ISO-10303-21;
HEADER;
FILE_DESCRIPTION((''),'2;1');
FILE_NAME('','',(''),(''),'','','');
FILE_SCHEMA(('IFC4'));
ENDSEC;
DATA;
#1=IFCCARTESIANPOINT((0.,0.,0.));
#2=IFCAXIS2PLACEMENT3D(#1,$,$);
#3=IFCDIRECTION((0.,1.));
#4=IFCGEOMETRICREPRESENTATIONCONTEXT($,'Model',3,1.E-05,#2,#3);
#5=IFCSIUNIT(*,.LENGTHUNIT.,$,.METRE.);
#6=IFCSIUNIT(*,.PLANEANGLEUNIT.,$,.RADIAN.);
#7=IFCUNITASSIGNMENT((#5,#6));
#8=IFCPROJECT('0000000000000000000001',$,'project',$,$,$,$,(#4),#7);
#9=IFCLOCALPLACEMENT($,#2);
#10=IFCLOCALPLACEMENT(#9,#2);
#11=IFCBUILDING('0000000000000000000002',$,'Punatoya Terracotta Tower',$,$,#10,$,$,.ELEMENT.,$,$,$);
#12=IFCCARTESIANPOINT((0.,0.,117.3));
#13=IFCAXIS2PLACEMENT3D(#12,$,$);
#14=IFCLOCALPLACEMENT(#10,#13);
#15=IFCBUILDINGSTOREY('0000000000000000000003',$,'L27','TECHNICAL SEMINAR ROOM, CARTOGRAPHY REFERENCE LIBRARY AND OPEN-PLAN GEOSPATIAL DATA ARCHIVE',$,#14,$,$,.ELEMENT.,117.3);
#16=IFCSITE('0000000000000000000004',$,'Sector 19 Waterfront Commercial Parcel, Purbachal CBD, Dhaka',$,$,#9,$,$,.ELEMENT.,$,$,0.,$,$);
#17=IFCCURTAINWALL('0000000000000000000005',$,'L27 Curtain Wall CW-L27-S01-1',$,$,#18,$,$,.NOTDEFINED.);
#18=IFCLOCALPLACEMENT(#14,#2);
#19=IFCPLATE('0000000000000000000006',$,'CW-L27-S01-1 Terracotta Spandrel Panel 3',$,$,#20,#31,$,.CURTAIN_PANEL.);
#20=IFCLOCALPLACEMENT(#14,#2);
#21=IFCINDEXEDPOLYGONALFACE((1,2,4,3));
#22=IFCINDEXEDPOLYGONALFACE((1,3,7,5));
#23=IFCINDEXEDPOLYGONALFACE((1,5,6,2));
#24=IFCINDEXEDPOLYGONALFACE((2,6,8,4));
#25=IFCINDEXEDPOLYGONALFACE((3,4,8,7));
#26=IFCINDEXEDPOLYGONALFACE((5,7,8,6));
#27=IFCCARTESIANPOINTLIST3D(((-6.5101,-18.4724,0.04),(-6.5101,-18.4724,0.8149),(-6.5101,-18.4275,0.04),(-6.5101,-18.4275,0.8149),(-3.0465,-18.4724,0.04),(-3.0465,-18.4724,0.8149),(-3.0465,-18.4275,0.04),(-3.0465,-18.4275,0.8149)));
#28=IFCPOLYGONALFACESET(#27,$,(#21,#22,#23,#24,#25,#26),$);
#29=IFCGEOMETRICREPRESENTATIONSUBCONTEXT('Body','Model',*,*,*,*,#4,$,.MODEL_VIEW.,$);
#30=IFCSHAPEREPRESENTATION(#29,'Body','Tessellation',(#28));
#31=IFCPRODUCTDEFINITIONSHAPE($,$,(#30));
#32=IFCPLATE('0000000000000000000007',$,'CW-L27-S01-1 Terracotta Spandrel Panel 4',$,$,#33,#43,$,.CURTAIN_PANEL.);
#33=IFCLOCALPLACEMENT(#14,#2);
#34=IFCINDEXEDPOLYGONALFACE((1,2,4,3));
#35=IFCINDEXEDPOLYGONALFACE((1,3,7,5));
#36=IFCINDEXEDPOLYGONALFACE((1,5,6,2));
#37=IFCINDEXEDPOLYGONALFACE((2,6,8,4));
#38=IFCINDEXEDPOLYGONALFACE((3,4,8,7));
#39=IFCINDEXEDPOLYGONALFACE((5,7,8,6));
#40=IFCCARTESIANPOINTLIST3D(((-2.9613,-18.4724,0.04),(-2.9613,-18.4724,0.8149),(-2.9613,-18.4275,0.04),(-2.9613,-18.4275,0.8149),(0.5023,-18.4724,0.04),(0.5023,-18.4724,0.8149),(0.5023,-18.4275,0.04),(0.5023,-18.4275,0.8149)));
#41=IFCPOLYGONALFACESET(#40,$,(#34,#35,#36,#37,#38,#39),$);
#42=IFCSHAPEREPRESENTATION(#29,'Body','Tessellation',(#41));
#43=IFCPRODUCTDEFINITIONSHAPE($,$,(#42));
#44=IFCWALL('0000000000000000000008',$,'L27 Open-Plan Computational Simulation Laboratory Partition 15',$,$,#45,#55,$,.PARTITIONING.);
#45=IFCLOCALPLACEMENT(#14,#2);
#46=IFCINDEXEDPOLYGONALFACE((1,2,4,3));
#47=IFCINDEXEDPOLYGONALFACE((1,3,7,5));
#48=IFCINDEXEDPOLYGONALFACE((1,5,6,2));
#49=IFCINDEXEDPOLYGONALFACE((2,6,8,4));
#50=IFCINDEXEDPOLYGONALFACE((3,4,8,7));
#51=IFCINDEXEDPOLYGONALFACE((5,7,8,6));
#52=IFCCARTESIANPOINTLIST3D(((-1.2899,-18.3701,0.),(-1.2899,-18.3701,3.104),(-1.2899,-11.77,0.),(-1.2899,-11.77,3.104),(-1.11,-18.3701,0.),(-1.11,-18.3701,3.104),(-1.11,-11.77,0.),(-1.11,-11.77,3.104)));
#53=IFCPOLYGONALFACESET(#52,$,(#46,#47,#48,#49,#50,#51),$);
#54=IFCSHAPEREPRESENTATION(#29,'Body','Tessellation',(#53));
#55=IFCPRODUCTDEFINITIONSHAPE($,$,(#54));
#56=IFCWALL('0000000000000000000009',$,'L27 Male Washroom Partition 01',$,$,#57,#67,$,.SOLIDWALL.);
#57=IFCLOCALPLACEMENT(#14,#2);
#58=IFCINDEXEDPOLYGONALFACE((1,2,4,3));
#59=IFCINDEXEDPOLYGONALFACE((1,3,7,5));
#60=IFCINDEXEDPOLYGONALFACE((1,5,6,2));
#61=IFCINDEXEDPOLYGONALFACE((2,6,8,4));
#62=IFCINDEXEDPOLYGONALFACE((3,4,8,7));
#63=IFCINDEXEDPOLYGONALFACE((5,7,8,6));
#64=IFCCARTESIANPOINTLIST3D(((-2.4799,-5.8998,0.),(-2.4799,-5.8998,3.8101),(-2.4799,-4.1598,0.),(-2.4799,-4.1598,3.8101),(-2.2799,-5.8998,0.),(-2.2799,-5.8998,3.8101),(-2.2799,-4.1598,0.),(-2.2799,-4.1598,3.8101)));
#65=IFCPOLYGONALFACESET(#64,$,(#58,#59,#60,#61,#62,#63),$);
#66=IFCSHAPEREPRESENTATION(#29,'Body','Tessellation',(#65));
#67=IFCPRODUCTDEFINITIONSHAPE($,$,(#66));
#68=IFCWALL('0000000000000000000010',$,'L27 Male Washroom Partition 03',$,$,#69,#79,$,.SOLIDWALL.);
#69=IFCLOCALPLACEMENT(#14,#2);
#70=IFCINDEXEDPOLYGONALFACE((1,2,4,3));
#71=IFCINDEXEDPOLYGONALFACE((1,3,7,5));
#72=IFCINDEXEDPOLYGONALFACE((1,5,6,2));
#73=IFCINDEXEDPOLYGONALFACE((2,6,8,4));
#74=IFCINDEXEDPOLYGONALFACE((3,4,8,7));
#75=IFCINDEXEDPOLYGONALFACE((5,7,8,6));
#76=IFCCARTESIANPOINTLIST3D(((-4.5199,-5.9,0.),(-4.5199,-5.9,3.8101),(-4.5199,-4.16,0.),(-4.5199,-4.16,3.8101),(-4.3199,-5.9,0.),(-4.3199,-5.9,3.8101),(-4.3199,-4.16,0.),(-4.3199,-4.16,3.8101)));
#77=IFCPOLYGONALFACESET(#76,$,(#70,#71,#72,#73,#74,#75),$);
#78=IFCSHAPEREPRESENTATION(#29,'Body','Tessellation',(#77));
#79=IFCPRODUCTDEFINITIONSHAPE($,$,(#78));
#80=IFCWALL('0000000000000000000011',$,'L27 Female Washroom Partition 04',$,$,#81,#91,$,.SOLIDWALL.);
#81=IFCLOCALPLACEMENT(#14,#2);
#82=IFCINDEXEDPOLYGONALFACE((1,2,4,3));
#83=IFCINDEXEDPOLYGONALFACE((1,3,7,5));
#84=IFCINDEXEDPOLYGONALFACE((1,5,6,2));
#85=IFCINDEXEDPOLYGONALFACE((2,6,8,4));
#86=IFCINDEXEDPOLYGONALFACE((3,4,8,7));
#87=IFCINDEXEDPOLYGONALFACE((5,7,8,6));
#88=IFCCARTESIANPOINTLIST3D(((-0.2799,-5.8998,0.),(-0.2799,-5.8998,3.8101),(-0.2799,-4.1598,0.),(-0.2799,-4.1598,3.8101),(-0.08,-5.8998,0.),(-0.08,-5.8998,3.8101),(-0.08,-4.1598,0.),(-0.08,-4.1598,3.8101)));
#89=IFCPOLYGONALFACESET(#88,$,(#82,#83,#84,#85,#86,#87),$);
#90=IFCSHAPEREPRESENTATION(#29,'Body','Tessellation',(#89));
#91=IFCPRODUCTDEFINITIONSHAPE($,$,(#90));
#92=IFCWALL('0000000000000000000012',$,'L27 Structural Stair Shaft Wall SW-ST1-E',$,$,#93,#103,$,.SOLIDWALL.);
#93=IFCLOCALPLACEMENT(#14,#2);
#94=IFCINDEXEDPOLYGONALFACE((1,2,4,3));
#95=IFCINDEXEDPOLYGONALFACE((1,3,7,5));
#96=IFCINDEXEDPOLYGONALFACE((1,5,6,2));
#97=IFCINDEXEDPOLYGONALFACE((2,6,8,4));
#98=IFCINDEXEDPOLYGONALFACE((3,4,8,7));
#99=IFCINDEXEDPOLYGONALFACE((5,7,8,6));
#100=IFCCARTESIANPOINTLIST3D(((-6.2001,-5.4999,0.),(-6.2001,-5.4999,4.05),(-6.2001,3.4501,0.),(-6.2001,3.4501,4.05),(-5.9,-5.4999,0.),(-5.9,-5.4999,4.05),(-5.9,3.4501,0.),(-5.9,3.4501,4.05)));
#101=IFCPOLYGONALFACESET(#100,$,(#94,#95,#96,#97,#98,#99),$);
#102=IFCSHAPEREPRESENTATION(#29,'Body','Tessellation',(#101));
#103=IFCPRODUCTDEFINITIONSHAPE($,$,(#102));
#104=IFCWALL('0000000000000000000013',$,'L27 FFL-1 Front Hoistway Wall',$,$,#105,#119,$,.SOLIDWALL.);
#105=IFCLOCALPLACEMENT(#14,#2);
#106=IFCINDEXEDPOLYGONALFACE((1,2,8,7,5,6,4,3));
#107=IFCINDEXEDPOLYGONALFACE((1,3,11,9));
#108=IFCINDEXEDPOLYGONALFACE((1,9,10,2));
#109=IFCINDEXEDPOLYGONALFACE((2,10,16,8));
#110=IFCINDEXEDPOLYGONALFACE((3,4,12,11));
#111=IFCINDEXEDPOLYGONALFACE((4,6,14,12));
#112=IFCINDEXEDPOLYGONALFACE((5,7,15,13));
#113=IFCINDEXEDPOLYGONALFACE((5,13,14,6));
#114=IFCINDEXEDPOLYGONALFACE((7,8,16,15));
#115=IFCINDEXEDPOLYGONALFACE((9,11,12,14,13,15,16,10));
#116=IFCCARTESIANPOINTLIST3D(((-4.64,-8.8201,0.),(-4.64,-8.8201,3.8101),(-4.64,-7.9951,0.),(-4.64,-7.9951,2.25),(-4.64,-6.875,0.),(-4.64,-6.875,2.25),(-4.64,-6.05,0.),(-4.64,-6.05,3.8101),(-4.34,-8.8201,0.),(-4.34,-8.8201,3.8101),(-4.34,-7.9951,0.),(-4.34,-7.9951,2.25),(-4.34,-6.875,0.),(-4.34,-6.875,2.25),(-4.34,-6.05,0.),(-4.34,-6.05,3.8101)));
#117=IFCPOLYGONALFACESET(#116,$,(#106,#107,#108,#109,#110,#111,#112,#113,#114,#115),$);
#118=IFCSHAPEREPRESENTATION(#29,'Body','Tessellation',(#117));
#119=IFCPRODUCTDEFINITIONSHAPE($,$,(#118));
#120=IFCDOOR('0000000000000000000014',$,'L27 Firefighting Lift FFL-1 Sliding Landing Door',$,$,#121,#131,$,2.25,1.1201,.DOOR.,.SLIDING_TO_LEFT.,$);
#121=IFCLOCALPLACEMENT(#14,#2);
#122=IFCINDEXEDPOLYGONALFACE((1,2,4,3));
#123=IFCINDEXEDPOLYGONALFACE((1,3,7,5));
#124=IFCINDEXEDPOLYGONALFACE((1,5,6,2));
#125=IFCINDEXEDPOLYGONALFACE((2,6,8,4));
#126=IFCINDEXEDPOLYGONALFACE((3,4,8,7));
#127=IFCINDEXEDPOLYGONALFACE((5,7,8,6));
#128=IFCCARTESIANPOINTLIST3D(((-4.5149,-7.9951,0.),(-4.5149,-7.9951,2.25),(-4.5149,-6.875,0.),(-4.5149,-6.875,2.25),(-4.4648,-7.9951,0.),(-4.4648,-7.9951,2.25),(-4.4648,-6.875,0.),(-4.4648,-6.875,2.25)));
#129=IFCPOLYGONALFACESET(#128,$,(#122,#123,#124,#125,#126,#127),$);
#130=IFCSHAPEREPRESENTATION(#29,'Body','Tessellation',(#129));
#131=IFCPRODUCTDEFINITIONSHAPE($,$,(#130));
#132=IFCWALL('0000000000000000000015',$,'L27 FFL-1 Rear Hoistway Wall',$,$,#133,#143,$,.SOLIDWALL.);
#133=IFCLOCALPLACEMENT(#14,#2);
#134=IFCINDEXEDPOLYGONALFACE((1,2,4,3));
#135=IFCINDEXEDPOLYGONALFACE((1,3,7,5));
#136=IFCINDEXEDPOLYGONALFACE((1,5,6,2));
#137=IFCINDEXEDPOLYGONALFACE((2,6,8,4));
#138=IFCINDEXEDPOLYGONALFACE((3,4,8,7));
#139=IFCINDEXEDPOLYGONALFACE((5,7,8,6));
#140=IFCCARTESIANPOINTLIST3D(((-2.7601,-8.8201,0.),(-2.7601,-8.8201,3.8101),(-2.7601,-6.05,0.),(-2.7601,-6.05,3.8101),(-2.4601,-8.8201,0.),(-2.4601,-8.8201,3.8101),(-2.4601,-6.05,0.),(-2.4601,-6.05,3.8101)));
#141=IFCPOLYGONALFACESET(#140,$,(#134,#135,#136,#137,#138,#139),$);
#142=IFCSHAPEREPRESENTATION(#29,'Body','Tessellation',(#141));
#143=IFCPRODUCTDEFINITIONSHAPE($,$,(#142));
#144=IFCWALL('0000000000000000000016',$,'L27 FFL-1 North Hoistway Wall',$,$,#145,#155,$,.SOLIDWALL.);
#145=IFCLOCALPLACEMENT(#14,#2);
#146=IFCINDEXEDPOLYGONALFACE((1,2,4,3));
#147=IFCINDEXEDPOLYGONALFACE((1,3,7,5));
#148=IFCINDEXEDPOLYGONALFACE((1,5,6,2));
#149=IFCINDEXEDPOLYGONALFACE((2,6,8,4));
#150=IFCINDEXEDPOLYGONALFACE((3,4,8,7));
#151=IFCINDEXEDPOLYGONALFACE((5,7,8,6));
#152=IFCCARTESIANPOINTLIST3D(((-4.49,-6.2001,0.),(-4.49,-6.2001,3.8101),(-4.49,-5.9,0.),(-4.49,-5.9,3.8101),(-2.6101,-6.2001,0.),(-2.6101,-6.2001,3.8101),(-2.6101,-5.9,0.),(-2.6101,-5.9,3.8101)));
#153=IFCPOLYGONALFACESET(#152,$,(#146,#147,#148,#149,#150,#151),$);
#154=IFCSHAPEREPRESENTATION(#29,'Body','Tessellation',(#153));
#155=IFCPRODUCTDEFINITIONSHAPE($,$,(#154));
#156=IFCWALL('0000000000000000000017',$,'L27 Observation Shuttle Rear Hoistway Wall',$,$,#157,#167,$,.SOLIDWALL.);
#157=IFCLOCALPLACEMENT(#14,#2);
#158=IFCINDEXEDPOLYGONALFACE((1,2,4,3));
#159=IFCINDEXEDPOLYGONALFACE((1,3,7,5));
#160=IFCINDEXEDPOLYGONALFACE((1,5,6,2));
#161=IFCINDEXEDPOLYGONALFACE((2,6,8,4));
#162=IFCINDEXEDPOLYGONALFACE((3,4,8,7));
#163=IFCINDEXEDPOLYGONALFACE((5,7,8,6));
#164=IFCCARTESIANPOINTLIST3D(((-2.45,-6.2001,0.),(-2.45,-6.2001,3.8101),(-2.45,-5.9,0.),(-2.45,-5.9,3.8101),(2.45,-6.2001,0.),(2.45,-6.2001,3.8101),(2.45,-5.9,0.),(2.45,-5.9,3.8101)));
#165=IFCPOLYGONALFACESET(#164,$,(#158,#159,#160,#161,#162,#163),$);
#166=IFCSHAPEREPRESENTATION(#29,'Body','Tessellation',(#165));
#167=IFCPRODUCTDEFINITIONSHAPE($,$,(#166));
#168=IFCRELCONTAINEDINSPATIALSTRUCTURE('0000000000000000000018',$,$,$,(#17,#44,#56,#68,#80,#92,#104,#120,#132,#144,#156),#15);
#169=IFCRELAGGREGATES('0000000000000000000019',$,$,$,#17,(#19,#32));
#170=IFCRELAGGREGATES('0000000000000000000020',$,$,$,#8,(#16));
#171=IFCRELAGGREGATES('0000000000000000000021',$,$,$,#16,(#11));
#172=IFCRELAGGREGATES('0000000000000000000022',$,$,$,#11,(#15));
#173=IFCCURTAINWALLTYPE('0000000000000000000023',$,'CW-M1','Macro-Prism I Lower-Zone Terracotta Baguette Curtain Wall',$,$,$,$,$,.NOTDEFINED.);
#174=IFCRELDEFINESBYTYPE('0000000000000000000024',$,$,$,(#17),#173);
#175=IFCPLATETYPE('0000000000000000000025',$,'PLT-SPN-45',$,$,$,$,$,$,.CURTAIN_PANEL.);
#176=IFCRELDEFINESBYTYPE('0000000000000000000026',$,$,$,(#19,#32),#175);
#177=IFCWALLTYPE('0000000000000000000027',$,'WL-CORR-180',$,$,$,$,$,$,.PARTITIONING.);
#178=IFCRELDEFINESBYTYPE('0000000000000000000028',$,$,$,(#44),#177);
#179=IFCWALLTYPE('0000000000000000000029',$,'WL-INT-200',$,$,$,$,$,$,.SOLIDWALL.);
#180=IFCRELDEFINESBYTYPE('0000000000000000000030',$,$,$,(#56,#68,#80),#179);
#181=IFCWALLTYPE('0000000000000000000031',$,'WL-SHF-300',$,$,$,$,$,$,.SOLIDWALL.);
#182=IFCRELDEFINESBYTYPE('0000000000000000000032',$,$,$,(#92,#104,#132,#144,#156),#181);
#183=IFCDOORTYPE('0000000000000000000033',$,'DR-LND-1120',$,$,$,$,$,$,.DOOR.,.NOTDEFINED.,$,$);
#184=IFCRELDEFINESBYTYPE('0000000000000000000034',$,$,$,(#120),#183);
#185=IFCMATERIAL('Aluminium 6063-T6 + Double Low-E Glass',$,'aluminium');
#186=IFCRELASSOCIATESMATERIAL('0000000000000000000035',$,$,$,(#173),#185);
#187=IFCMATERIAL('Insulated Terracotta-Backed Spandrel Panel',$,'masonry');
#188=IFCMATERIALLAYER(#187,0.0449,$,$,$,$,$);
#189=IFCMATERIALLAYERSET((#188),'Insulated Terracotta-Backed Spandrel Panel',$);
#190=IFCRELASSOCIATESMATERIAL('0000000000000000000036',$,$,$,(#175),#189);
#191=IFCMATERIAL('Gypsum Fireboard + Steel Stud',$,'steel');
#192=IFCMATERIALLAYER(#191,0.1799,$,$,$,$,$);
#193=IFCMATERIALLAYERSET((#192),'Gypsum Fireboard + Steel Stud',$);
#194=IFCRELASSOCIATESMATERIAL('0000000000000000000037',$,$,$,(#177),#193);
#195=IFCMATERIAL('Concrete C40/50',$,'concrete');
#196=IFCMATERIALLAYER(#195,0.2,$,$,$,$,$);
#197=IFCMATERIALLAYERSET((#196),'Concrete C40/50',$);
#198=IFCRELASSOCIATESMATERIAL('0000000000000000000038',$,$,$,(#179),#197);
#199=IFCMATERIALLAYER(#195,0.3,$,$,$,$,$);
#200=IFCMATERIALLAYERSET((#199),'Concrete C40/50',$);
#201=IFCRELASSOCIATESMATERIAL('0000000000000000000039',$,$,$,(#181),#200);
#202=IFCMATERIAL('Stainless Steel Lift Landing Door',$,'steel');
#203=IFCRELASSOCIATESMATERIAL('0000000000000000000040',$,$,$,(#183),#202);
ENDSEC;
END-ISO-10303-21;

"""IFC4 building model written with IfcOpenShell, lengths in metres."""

from ifc_helpers import new_model, si_unit, direction, frame, frame_2d, origin, origin_2d, place, context, subcontext, project, spatial, rectangle, extrude, material, layer, layer_set, type_object, element, fill, aggregate, save


model = new_model("IFC4")

# Units and contexts
model_context = context("Model", 3, precision=1e-05, world=origin(), true_north=direction((0.0, 1.0)))
body_context = subcontext(model_context, "Body", "Model", "MODEL_VIEW")
ifc_project = project(units=[si_unit("LENGTHUNIT", "METRE"), si_unit("PLANEANGLEUNIT", "RADIAN")], contexts=[model_context])

# Site, building, storey
site_placement = place(None, origin())
site = spatial("IfcSite", under=ifc_project, at=site_placement, Name="Sector 19 Waterfront Commercial Parcel, Purbachal CBD, Dhaka", CompositionType="ELEMENT", RefElevation=0.0)
building_placement = place(site_placement, origin())
building = spatial("IfcBuilding", under=site, at=building_placement, Name="Punatoya Terracotta Tower", CompositionType="ELEMENT")
storey_placement = place(building_placement, frame((0.0, 0.0, 117.3)))
storey = spatial("IfcBuildingStorey", under=building, at=storey_placement, Name="L27", Description="TECHNICAL SEMINAR ROOM, CARTOGRAPHY REFERENCE LIBRARY AND OPEN-PLAN GEOSPATIAL DATA ARCHIVE", CompositionType="ELEMENT", Elevation=117.3)

# Curtain wall, plates
ifc_material_1 = material(Name="Aluminium 6063-T6 + Double Low-E Glass", Category="aluminium")
curtain_wall_type = type_object("IfcCurtainWallType", Name="CW-M1", Description="Macro-Prism I Lower-Zone Terracotta Baguette Curtain Wall", PredefinedType="NOTDEFINED", material=ifc_material_1)
curtain_wall_placement = place(storey_placement, origin())
curtain_wall = element("IfcCurtainWall", 1, at=curtain_wall_placement, inside=storey, type_object=curtain_wall_type, Name="L27 Curtain Wall CW-L27-S01-1", PredefinedType="NOTDEFINED")
ifc_material_2 = material(Name="Insulated Terracotta-Backed Spandrel Panel", Category="masonry")
ifc_layer_1 = layer(ifc_material_2, 0.0449)
ifc_layer_set_1 = layer_set([ifc_layer_1], Name="Insulated Terracotta-Backed Spandrel Panel")
plate_type_1 = type_object("IfcPlateType", Name="PLT-SPN-45", PredefinedType="CURTAIN_PANEL", material=ifc_layer_set_1)
plate_1_placement = place(storey_placement, frame((-4.7783, -18.45, 0.04), z_axis=(0.0, 0.0, 1.0), x_axis=(1.0, 0.0, 0.0)))
plate_1 = element("IfcPlate", 2, at=plate_1_placement, type_object=plate_type_1, Name="CW-L27-S01-1 Terracotta Spandrel Panel 3", PredefinedType="CURTAIN_PANEL", context=body_context, shape_type="SweptSolid", body=[
    extrude(rectangle(XDim=3.4636, YDim=0.0449, at=origin_2d()), origin(), (0.0, 0.0, 1.0), 0.7749),
])
plate_2_placement = place(storey_placement, frame((-1.2295, -18.45, 0.04), z_axis=(0.0, 0.0, 1.0), x_axis=(1.0, 0.0, 0.0)))
plate_2 = element("IfcPlate", 3, at=plate_2_placement, type_object=plate_type_1, Name="CW-L27-S01-1 Terracotta Spandrel Panel 4", PredefinedType="CURTAIN_PANEL", context=body_context, shape_type="SweptSolid", body=[
    extrude(rectangle(XDim=3.4636, YDim=0.0449, at=origin_2d()), origin(), (0.0, 0.0, 1.0), 0.7749),
])
aggregate(curtain_wall, [plate_1, plate_2])

# Walls
ifc_material_3 = material(Name="Gypsum Fireboard + Steel Stud", Category="steel")
ifc_layer_2 = layer(ifc_material_3, 0.1799)
ifc_layer_set_2 = layer_set([ifc_layer_2], Name="Gypsum Fireboard + Steel Stud")
wall_type_1 = type_object("IfcWallType", Name="WL-CORR-180", PredefinedType="PARTITIONING", material=ifc_layer_set_2)
wall_1_placement = place(storey_placement, frame((-1.2, -11.77, 0.0), z_axis=(0.0, 0.0, 1.0), x_axis=(0.0, -1.0, 0.0)))
element("IfcWall", 4, at=wall_1_placement, inside=storey, type_object=wall_type_1, Name="L27 Open-Plan Computational Simulation Laboratory Partition 15", PredefinedType="PARTITIONING", context=body_context, shape_type="SweptSolid", body=[
    extrude(rectangle(XDim=6.6001, YDim=0.1799, at=frame_2d((3.3, 0.0))), origin(), (0.0, 0.0, 1.0), 3.104),
])
ifc_material_4 = material(Name="Concrete C40/50", Category="concrete")
ifc_layer_3 = layer(ifc_material_4, 0.2)
ifc_layer_set_3 = layer_set([ifc_layer_3], Name="Concrete C40/50")
wall_type_2 = type_object("IfcWallType", Name="WL-INT-200", PredefinedType="SOLIDWALL", material=ifc_layer_set_3)
for number, where, z_axis, x_axis, name in (
    (5, (-2.3799, -5.8999, 0.0), (0.0, 0.0, 1.0), (0.0, 1.0, 0.0), "L27 Male Washroom Partition 01"),
    (6, (-4.4199, -4.1599, 0.0), (0.0, 0.0, 1.0), (0.0, -1.0, 0.0), "L27 Male Washroom Partition 03"),
    (7, (-0.1799, -5.8999, 0.0), (0.0, 0.0, 1.0), (0.0, 1.0, 0.0), "L27 Female Washroom Partition 04"),
):
    element("IfcWall", number, at=place(storey_placement, frame(where, z_axis=z_axis, x_axis=x_axis)), inside=storey, type_object=wall_type_2, Name=name, PredefinedType="SOLIDWALL", context=body_context, shape_type="SweptSolid", body=[
        extrude(rectangle(XDim=1.74, YDim=0.2, at=frame_2d((0.8701, 0.0))), origin(), (0.0, 0.0, 1.0), 3.8101),
    ])
ifc_layer_4 = layer(ifc_material_4, 0.3)
ifc_layer_set_4 = layer_set([ifc_layer_4], Name="Concrete C40/50")
wall_type_3 = type_object("IfcWallType", Name="WL-SHF-300", PredefinedType="SOLIDWALL", material=ifc_layer_set_4)
wall_2_placement = place(storey_placement, frame((-6.05, -5.5, 0.0), z_axis=(0.0, 0.0, 1.0), x_axis=(0.0, 1.0, 0.0)))
element("IfcWall", 8, at=wall_2_placement, inside=storey, type_object=wall_type_3, Name="L27 Structural Stair Shaft Wall SW-ST1-E", PredefinedType="SOLIDWALL", context=body_context, shape_type="SweptSolid", body=[
    extrude(rectangle(XDim=8.95, YDim=0.3, at=frame_2d((4.4751, 0.0))), origin(), (0.0, 0.0, 1.0), 4.05),
])

# Wall, opening, door
wall_3_placement = place(storey_placement, frame((-4.49, -8.8201, 0.0), z_axis=(0.0, 0.0, 1.0), x_axis=(0.0, 1.0, 0.0)))
wall_3 = element("IfcWall", 9, at=wall_3_placement, inside=storey, type_object=wall_type_3, Name="L27 FFL-1 Front Hoistway Wall", PredefinedType="SOLIDWALL", context=body_context, shape_type="SweptSolid", body=[
    extrude(rectangle(XDim=2.77, YDim=0.3, at=frame_2d((1.385, 0.0))), origin(), (0.0, 0.0, 1.0), 3.8101),
])
opening_placement = place(wall_3_placement, frame((0.825, 0.0, 0.0)))
opening = element("IfcOpeningElement", 10, at=opening_placement, cuts=wall_3, PredefinedType="OPENING", context=body_context, shape_type="SweptSolid", body=[
    extrude(rectangle(XDim=1.1201, YDim=2.25, at=frame_2d((0.5601, 1.125))), frame((0.0, 0.1599, 0.0), z_axis=(0.0, -1.0, 0.0), x_axis=(1.0, 0.0, 0.0)), (0.0, 0.0, 1.0), 0.3201),
])
ifc_material_5 = material(Name="Stainless Steel Lift Landing Door", Category="steel")
door_type = type_object("IfcDoorType", Name="DR-LND-1120", OperationType="NOTDEFINED", PredefinedType="DOOR", material=ifc_material_5)
door_placement = place(opening_placement, origin())
door = element("IfcDoor", 11, at=door_placement, inside=storey, type_object=door_type, Name="L27 Firefighting Lift FFL-1 Sliding Landing Door", OperationType="SLIDING_TO_LEFT", OverallHeight=2.25, OverallWidth=1.1201, PredefinedType="DOOR", context=body_context, shape_type="SweptSolid", body=[
    extrude(rectangle(XDim=1.1201, YDim=2.25, at=frame_2d((0.5601, 1.125))), frame((0.0, 0.0249, 0.0), z_axis=(0.0, -1.0, 0.0), x_axis=(1.0, 0.0, 0.0)), (0.0, 0.0, 1.0), 0.05),
])
fill(opening, door)

# Walls
wall_4_placement = place(storey_placement, frame((-2.6101, -8.8201, 0.0), z_axis=(0.0, 0.0, 1.0), x_axis=(0.0, 1.0, 0.0)))
element("IfcWall", 12, at=wall_4_placement, inside=storey, type_object=wall_type_3, Name="L27 FFL-1 Rear Hoistway Wall", PredefinedType="SOLIDWALL", context=body_context, shape_type="SweptSolid", body=[
    extrude(rectangle(XDim=2.77, YDim=0.3, at=frame_2d((1.385, 0.0))), origin(), (0.0, 0.0, 1.0), 3.8101),
])
wall_5_placement = place(storey_placement, frame((-4.49, -6.05, 0.0), z_axis=(0.0, 0.0, 1.0), x_axis=(1.0, 0.0, 0.0)))
element("IfcWall", 13, at=wall_5_placement, inside=storey, type_object=wall_type_3, Name="L27 FFL-1 North Hoistway Wall", PredefinedType="SOLIDWALL", context=body_context, shape_type="SweptSolid", body=[
    extrude(rectangle(XDim=1.8799, YDim=0.3, at=frame_2d((0.9399, 0.0))), origin(), (0.0, 0.0, 1.0), 3.8101),
])
wall_6_placement = place(storey_placement, frame((-2.45, -6.05, 0.0), z_axis=(0.0, 0.0, 1.0), x_axis=(1.0, 0.0, 0.0)))
element("IfcWall", 14, at=wall_6_placement, inside=storey, type_object=wall_type_3, Name="L27 Observation Shuttle Rear Hoistway Wall", PredefinedType="SOLIDWALL", context=body_context, shape_type="SweptSolid", body=[
    extrude(rectangle(XDim=4.8999, YDim=0.3, at=frame_2d((2.45, 0.0))), origin(), (0.0, 0.0, 1.0), 3.8101),
])

save(model, "model.ifc")
